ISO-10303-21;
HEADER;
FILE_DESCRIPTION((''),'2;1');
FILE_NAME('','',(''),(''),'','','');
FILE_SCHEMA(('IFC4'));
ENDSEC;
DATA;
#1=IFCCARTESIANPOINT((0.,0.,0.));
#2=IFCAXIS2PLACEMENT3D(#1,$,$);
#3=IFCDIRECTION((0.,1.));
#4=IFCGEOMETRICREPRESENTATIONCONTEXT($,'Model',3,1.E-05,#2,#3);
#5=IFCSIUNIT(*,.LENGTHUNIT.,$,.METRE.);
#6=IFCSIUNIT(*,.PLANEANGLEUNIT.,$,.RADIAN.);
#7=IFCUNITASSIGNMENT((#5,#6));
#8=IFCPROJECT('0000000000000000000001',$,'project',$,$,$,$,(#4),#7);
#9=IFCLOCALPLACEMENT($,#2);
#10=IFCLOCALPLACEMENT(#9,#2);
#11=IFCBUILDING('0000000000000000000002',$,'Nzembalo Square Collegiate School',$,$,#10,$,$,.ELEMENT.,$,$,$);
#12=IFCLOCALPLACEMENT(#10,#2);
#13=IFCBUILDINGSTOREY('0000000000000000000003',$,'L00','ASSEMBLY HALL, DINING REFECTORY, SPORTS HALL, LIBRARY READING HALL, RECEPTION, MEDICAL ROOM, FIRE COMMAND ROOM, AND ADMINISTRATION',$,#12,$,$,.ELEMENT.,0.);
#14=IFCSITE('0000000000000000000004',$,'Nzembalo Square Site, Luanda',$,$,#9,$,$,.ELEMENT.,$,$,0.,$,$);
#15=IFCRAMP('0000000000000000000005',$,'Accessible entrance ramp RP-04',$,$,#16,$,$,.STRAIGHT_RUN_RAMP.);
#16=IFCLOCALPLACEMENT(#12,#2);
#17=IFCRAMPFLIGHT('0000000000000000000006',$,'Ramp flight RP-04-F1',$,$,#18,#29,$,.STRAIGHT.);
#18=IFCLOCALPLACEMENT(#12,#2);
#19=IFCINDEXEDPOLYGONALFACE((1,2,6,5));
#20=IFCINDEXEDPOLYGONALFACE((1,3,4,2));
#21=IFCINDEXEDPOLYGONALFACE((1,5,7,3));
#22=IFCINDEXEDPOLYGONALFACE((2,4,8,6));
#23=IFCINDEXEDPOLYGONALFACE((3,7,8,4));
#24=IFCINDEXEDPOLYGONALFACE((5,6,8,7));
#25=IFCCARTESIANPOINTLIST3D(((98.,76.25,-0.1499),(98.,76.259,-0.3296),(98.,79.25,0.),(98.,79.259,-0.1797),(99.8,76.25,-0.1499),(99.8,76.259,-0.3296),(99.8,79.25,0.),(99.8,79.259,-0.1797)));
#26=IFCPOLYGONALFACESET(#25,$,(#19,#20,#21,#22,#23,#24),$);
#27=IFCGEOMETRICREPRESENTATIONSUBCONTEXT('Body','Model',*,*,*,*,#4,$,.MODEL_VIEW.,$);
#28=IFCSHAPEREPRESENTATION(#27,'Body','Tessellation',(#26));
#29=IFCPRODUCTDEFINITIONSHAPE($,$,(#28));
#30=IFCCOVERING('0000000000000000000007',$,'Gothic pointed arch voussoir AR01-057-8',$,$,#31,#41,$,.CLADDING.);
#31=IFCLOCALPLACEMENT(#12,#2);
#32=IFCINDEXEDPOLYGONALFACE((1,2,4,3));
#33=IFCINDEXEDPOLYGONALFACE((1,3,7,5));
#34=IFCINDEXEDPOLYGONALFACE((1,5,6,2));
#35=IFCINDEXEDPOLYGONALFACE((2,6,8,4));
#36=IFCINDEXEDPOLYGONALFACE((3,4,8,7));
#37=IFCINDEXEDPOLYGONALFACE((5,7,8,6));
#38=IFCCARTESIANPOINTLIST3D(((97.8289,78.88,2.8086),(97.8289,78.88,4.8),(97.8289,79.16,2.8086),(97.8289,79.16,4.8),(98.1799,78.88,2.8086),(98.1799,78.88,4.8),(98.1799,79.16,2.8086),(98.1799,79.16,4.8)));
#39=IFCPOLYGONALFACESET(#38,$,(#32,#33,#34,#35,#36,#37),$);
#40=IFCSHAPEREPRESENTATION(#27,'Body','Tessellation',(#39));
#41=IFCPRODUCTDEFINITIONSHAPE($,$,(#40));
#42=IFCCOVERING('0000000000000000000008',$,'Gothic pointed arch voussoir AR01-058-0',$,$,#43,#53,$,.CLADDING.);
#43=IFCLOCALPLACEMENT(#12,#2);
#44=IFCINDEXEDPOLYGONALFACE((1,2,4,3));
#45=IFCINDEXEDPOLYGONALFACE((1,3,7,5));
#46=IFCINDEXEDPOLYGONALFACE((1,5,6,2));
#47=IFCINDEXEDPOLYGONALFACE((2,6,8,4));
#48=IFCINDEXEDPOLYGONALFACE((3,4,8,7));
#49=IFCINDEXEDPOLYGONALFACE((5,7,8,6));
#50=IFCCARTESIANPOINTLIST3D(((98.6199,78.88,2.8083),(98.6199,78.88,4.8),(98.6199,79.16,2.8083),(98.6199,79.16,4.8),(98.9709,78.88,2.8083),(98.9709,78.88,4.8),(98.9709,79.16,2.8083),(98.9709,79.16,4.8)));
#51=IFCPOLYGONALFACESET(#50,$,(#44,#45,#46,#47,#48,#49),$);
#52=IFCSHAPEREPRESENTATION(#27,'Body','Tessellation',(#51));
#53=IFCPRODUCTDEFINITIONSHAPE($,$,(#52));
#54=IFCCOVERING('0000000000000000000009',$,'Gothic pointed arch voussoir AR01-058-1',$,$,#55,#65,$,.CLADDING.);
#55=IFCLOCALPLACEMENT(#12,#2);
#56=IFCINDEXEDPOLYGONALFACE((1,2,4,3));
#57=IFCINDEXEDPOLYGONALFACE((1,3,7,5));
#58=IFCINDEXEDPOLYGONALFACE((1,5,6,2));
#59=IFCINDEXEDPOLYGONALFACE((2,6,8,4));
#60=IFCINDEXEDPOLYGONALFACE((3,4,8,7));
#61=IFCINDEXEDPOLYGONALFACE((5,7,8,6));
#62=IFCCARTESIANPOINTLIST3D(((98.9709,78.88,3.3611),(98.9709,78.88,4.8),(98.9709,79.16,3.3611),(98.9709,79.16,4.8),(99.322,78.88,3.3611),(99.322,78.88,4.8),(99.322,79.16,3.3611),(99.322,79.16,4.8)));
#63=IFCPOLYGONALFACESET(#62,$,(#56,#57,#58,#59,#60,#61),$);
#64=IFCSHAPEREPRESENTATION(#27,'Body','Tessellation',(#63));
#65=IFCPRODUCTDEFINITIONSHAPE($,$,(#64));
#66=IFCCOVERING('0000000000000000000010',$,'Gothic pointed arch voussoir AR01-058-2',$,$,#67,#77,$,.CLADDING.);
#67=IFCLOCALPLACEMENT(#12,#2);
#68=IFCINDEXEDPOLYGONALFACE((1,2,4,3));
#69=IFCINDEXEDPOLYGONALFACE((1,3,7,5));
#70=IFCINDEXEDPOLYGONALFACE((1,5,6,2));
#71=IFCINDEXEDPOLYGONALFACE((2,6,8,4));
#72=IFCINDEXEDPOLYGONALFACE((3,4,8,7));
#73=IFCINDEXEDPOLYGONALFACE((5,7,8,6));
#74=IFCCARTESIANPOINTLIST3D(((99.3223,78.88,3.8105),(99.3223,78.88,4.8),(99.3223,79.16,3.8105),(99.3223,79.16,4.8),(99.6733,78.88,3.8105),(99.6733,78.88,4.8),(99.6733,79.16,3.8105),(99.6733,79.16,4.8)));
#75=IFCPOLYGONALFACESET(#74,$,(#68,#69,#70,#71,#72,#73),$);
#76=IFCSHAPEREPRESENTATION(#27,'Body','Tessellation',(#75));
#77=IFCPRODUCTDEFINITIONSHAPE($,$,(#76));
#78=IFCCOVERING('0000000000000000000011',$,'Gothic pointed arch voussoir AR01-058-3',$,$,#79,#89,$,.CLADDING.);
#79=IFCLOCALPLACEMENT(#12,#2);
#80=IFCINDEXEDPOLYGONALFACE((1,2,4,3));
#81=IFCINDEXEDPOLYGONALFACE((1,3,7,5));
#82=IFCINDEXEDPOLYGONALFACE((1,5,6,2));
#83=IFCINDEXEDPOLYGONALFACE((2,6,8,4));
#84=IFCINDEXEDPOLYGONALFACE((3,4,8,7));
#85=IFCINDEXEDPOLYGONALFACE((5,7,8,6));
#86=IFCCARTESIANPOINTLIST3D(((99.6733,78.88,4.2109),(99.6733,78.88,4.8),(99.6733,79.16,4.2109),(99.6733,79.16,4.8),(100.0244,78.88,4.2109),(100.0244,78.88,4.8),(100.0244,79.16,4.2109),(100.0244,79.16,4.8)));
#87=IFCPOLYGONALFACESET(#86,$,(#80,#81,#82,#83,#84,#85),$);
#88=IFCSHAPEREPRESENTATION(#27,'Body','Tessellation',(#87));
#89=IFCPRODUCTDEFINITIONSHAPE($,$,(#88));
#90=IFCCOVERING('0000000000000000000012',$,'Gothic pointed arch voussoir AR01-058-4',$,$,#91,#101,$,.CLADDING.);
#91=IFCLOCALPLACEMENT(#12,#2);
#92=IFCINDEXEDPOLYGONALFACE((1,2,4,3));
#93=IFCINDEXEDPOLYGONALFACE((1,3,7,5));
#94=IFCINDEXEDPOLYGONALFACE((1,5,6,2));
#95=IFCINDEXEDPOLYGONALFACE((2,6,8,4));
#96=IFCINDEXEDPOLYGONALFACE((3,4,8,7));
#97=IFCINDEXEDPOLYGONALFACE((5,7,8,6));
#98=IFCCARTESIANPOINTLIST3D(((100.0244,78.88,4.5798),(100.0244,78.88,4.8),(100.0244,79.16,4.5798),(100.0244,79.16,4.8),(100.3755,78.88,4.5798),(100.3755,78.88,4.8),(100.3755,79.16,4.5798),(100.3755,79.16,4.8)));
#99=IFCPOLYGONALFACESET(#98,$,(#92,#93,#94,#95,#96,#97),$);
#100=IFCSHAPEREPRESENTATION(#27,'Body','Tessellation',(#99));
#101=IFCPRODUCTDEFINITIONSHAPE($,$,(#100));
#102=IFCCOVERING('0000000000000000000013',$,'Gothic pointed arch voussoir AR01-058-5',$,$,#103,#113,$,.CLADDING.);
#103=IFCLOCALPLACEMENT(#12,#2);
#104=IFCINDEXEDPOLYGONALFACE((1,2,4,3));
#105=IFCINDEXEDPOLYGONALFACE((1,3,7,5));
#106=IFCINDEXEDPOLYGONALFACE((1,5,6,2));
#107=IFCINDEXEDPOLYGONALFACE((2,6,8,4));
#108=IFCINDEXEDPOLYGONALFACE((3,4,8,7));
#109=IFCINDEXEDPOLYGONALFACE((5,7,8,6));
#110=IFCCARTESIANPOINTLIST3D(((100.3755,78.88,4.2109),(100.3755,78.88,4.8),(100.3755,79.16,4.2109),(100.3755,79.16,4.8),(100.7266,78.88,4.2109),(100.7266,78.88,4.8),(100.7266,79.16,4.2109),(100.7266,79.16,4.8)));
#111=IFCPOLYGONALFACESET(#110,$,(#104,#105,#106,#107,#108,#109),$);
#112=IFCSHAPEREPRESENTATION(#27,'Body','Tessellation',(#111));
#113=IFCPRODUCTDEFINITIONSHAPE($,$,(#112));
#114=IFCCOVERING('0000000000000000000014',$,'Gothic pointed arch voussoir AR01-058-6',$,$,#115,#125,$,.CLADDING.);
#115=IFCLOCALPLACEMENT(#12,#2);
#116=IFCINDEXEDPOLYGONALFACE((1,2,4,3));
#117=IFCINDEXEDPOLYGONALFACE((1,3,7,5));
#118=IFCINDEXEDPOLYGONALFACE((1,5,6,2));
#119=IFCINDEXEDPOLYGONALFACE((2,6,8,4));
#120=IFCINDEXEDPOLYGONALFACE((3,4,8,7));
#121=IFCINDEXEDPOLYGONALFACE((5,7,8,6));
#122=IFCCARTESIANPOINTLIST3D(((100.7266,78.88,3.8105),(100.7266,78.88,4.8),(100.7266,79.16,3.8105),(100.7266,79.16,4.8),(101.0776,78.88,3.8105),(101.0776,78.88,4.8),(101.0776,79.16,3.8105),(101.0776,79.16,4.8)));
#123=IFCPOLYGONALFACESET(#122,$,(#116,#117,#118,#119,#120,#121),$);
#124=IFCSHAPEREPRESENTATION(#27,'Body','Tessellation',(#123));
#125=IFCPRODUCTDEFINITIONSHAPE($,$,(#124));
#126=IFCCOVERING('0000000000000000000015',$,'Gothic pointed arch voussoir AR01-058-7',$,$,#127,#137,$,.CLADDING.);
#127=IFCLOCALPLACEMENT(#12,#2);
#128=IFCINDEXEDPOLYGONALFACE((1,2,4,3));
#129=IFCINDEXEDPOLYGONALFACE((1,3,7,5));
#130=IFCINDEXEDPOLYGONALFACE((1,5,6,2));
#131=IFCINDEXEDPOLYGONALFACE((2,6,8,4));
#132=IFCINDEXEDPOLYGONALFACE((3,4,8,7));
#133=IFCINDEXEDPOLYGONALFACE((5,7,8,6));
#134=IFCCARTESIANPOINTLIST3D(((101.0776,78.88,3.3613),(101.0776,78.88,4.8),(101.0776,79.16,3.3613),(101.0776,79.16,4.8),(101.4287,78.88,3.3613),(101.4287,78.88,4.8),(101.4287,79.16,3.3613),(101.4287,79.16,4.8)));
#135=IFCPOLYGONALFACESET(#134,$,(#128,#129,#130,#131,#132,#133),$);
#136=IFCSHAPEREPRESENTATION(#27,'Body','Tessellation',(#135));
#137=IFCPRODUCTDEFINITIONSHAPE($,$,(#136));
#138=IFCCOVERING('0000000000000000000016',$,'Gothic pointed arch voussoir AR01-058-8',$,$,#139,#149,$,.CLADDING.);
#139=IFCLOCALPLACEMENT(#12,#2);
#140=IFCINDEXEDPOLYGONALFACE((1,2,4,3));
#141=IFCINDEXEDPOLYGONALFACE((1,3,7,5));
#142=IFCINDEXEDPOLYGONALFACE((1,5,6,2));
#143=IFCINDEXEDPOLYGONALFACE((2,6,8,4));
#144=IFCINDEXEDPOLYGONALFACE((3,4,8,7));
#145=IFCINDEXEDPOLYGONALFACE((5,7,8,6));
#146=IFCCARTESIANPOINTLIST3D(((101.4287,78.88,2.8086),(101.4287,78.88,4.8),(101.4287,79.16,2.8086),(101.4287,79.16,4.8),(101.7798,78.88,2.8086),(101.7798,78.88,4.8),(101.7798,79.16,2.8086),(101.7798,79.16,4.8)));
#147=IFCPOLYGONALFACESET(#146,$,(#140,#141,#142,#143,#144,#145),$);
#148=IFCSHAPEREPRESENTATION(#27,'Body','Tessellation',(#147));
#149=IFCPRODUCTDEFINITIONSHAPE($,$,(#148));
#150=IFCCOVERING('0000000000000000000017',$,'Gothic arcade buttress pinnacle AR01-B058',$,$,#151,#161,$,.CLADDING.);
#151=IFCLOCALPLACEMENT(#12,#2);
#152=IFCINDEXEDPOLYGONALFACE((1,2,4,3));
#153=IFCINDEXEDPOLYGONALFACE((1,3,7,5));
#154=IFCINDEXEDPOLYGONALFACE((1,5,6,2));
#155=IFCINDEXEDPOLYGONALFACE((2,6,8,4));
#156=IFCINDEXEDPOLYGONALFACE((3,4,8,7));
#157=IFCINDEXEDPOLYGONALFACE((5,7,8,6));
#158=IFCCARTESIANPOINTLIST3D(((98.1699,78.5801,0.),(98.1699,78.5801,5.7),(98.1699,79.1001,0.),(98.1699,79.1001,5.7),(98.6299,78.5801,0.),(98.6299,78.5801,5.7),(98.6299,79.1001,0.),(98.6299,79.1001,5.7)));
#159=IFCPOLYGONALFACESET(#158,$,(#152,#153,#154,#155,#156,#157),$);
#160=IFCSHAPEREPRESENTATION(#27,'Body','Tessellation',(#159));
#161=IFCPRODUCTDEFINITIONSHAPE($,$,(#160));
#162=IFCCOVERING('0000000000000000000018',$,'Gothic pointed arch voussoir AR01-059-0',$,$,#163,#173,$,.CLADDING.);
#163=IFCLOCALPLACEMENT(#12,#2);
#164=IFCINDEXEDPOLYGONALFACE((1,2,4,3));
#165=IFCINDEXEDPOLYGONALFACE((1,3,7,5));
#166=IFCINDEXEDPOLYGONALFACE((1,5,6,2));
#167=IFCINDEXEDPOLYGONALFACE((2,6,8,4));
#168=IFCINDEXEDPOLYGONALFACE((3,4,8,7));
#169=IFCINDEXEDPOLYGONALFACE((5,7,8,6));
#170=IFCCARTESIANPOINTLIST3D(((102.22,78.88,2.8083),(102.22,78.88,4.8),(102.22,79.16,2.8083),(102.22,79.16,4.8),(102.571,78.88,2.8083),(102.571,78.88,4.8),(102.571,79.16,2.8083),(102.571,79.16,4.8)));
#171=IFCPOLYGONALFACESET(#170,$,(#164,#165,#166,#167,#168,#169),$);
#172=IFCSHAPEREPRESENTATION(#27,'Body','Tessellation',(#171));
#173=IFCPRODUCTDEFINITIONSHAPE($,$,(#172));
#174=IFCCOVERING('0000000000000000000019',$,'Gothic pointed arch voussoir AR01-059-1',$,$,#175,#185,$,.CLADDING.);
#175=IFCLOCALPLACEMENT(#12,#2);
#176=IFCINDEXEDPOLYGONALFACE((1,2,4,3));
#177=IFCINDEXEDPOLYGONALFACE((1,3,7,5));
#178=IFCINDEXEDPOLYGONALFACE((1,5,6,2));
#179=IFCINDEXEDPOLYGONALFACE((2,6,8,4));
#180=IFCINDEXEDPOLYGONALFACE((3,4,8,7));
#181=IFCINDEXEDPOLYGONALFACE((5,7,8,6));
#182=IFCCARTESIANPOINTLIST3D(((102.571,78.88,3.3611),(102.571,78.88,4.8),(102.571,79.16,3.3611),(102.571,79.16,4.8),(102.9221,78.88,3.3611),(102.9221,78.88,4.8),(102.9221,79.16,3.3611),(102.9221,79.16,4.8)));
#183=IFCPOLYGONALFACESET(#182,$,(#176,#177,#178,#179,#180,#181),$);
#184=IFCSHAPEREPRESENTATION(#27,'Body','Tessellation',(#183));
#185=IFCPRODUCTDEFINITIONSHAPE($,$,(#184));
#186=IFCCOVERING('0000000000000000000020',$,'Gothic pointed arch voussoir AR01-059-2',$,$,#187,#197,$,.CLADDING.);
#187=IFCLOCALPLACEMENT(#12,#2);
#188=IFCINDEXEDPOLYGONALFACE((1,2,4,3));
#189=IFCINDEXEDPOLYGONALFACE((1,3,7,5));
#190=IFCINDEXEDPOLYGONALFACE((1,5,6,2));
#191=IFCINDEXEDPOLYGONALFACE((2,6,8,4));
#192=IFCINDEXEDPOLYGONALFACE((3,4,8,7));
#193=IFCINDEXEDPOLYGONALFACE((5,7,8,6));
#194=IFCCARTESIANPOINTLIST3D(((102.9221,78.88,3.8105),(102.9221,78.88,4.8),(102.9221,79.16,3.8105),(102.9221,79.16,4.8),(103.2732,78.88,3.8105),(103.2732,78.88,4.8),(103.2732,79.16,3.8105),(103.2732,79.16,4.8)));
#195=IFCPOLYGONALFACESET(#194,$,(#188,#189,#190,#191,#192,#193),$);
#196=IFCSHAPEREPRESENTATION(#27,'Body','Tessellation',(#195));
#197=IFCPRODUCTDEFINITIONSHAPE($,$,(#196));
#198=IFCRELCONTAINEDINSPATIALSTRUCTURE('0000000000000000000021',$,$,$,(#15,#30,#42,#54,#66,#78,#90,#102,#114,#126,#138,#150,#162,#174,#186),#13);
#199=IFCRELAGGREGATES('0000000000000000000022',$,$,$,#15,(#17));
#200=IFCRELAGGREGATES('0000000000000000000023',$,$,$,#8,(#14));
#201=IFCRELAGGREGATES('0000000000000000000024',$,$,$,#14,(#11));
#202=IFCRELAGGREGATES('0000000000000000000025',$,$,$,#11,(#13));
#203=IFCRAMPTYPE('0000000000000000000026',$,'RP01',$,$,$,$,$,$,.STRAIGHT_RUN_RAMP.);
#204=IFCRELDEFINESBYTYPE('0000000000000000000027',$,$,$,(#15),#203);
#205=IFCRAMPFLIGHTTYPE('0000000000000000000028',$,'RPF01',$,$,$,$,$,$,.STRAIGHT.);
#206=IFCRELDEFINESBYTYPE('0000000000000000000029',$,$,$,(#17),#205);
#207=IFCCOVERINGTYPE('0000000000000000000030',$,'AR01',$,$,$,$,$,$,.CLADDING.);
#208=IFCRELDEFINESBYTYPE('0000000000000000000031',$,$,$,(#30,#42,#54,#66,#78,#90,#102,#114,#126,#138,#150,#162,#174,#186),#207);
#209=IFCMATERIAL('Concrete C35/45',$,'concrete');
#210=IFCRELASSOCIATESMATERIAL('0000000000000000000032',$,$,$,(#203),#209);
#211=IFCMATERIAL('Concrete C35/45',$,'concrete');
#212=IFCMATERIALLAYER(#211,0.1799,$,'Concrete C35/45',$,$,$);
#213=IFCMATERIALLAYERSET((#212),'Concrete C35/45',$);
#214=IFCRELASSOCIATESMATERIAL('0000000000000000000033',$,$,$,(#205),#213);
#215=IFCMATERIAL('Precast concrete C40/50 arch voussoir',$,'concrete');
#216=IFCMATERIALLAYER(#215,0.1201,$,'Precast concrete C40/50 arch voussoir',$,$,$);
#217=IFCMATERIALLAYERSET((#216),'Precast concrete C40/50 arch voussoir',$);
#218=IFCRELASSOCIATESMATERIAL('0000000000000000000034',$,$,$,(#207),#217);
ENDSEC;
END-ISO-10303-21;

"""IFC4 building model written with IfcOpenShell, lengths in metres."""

from ifc_helpers import new_model, si_unit, direction, frame, origin, origin_2d, place, context, subcontext, project, spatial, polyline, rectangle, outline, extrude, material, layer, layer_set, type_object, element, aggregate, save


model = new_model("IFC4")

# Units and contexts
model_context = context("Model", 3, precision=1e-05, world=origin(), true_north=direction((0.0, 1.0)))
body_context = subcontext(model_context, "Body", "Model", "MODEL_VIEW")
ifc_project = project(units=[si_unit("LENGTHUNIT", "METRE"), si_unit("PLANEANGLEUNIT", "RADIAN")], contexts=[model_context])

# Site, building, storey
site_placement = place(None, origin())
site = spatial("IfcSite", under=ifc_project, at=site_placement, Name="Nzembalo Square Site, Luanda", CompositionType="ELEMENT", RefElevation=0.0)
building_placement = place(site_placement, origin())
building = spatial("IfcBuilding", under=site, at=building_placement, Name="Nzembalo Square Collegiate School", CompositionType="ELEMENT")
storey_placement = place(building_placement, origin())
storey = spatial("IfcBuildingStorey", under=building, at=storey_placement, Name="L00", Description="ASSEMBLY HALL, DINING REFECTORY, SPORTS HALL, LIBRARY READING HALL, RECEPTION, MEDICAL ROOM, FIRE COMMAND ROOM, AND ADMINISTRATION", CompositionType="ELEMENT", Elevation=0.0)

# Ramp, ramp flight
ifc_material_1 = material(Name="Concrete C35/45", Category="concrete")
ramp_type = type_object("IfcRampType", Name="RP01", PredefinedType="STRAIGHT_RUN_RAMP", material=ifc_material_1)
ramp_placement = place(storey_placement, origin())
ramp = element("IfcRamp", 1, at=ramp_placement, inside=storey, type_object=ramp_type, Name="Accessible entrance ramp RP-04", PredefinedType="STRAIGHT_RUN_RAMP")
ifc_material_2 = material(Name="Concrete C35/45", Category="concrete")
ifc_layer_1 = layer(ifc_material_2, 0.1799, Name="Concrete C35/45")
ifc_layer_set_1 = layer_set([ifc_layer_1], Name="Concrete C35/45")
ramp_flight_type = type_object("IfcRampFlightType", Name="RPF01", PredefinedType="STRAIGHT", material=ifc_layer_set_1)
ramp_flight_placement = place(storey_placement, frame((98.0, 76.25, -0.1499), z_axis=(0.0, -0.049905, 0.998754), x_axis=(1.0, 0.0, 0.0)))
ramp_flight = element("IfcRampFlight", 2, at=ramp_flight_placement, type_object=ramp_flight_type, Name="Ramp flight RP-04-F1", PredefinedType="STRAIGHT", context=body_context, shape_type="SweptSolid", body=[
    extrude(outline(polyline([(0.0, 0.0), (1.8, 0.0), (1.8, 3.0037), (0.0, 3.0037), (0.0, 0.0)])), origin(), (0.0, 0.0, -1.0), 0.1799),
])
aggregate(ramp, [ramp_flight])

# Coverings
ifc_material_3 = material(Name="Precast concrete C40/50 arch voussoir", Category="concrete")
ifc_layer_2 = layer(ifc_material_3, 0.1201, Name="Precast concrete C40/50 arch voussoir")
ifc_layer_set_2 = layer_set([ifc_layer_2], Name="Precast concrete C40/50 arch voussoir")
covering_type = type_object("IfcCoveringType", Name="AR01", PredefinedType="CLADDING", material=ifc_layer_set_2)
covering_1_placement = place(storey_placement, frame((98.0044, 79.02, 2.8086), z_axis=(0.0, 0.0, 1.0), x_axis=(1.0, 0.0, 0.0)))
element("IfcCovering", 3, at=covering_1_placement, inside=storey, type_object=covering_type, Name="Gothic pointed arch voussoir AR01-057-8", PredefinedType="CLADDING", context=body_context, shape_type="SweptSolid", body=[
    extrude(rectangle(XDim=0.3511, YDim=0.28, at=origin_2d()), origin(), (0.0, 0.0, 1.0), 1.9915),
])
covering_2_placement = place(storey_placement, frame((98.7954, 79.02, 2.8083), z_axis=(0.0, 0.0, 1.0), x_axis=(1.0, 0.0, 0.0)))
element("IfcCovering", 4, at=covering_2_placement, inside=storey, type_object=covering_type, Name="Gothic pointed arch voussoir AR01-058-0", PredefinedType="CLADDING", context=body_context, shape_type="SweptSolid", body=[
    extrude(rectangle(XDim=0.3511, YDim=0.28, at=origin_2d()), origin(), (0.0, 0.0, 1.0), 1.9917),
])
covering_3_placement = place(storey_placement, frame((99.1465, 79.02, 3.3611), z_axis=(0.0, 0.0, 1.0), x_axis=(1.0, 0.0, 0.0)))
element("IfcCovering", 5, at=covering_3_placement, inside=storey, type_object=covering_type, Name="Gothic pointed arch voussoir AR01-058-1", PredefinedType="CLADDING", context=body_context, shape_type="SweptSolid", body=[
    extrude(rectangle(XDim=0.3511, YDim=0.28, at=origin_2d()), origin(), (0.0, 0.0, 1.0), 1.439),
])
covering_4_placement = place(storey_placement, frame((99.4978, 79.02, 3.8105), z_axis=(0.0, 0.0, 1.0), x_axis=(1.0, 0.0, 0.0)))
element("IfcCovering", 6, at=covering_4_placement, inside=storey, type_object=covering_type, Name="Gothic pointed arch voussoir AR01-058-2", PredefinedType="CLADDING", context=body_context, shape_type="SweptSolid", body=[
    extrude(rectangle(XDim=0.3511, YDim=0.28, at=origin_2d()), origin(), (0.0, 0.0, 1.0), 0.9895),
])
covering_5_placement = place(storey_placement, frame((99.8489, 79.02, 4.2109), z_axis=(0.0, 0.0, 1.0), x_axis=(1.0, 0.0, 0.0)))
element("IfcCovering", 7, at=covering_5_placement, inside=storey, type_object=covering_type, Name="Gothic pointed arch voussoir AR01-058-3", PredefinedType="CLADDING", context=body_context, shape_type="SweptSolid", body=[
    extrude(rectangle(XDim=0.3511, YDim=0.28, at=origin_2d()), origin(), (0.0, 0.0, 1.0), 0.5891),
])
covering_6_placement = place(storey_placement, frame((100.2, 79.02, 4.5798), z_axis=(0.0, 0.0, 1.0), x_axis=(1.0, 0.0, 0.0)))
element("IfcCovering", 8, at=covering_6_placement, inside=storey, type_object=covering_type, Name="Gothic pointed arch voussoir AR01-058-4", PredefinedType="CLADDING", context=body_context, shape_type="SweptSolid", body=[
    extrude(rectangle(XDim=0.3511, YDim=0.28, at=origin_2d()), origin(), (0.0, 0.0, 1.0), 0.2202),
])
covering_7_placement = place(storey_placement, frame((100.551, 79.02, 4.2109), z_axis=(0.0, 0.0, 1.0), x_axis=(1.0, 0.0, 0.0)))
element("IfcCovering", 9, at=covering_7_placement, inside=storey, type_object=covering_type, Name="Gothic pointed arch voussoir AR01-058-5", PredefinedType="CLADDING", context=body_context, shape_type="SweptSolid", body=[
    extrude(rectangle(XDim=0.3511, YDim=0.28, at=origin_2d()), origin(), (0.0, 0.0, 1.0), 0.5891),
])
covering_8_placement = place(storey_placement, frame((100.9021, 79.02, 3.8105), z_axis=(0.0, 0.0, 1.0), x_axis=(1.0, 0.0, 0.0)))
element("IfcCovering", 10, at=covering_8_placement, inside=storey, type_object=covering_type, Name="Gothic pointed arch voussoir AR01-058-6", PredefinedType="CLADDING", context=body_context, shape_type="SweptSolid", body=[
    extrude(rectangle(XDim=0.3511, YDim=0.28, at=origin_2d()), origin(), (0.0, 0.0, 1.0), 0.9895),
])
covering_9_placement = place(storey_placement, frame((101.2532, 79.02, 3.3613), z_axis=(0.0, 0.0, 1.0), x_axis=(1.0, 0.0, 0.0)))
element("IfcCovering", 11, at=covering_9_placement, inside=storey, type_object=covering_type, Name="Gothic pointed arch voussoir AR01-058-7", PredefinedType="CLADDING", context=body_context, shape_type="SweptSolid", body=[
    extrude(rectangle(XDim=0.3511, YDim=0.28, at=origin_2d()), origin(), (0.0, 0.0, 1.0), 1.4387),
])
covering_10_placement = place(storey_placement, frame((101.6042, 79.02, 2.8086), z_axis=(0.0, 0.0, 1.0), x_axis=(1.0, 0.0, 0.0)))
element("IfcCovering", 12, at=covering_10_placement, inside=storey, type_object=covering_type, Name="Gothic pointed arch voussoir AR01-058-8", PredefinedType="CLADDING", context=body_context, shape_type="SweptSolid", body=[
    extrude(rectangle(XDim=0.3511, YDim=0.28, at=origin_2d()), origin(), (0.0, 0.0, 1.0), 1.9915),
])
covering_11_placement = place(storey_placement, frame((98.3999, 78.8401, 0.0), z_axis=(0.0, 0.0, 1.0), x_axis=(1.0, 0.0, 0.0)))
element("IfcCovering", 13, at=covering_11_placement, inside=storey, type_object=covering_type, Name="Gothic arcade buttress pinnacle AR01-B058", PredefinedType="CLADDING", context=body_context, shape_type="SweptSolid", body=[
    extrude(rectangle(XDim=0.46, YDim=0.52, at=origin_2d()), origin(), (0.0, 0.0, 1.0), 5.7),
])
covering_12_placement = place(storey_placement, frame((102.3955, 79.02, 2.8083), z_axis=(0.0, 0.0, 1.0), x_axis=(1.0, 0.0, 0.0)))
element("IfcCovering", 14, at=covering_12_placement, inside=storey, type_object=covering_type, Name="Gothic pointed arch voussoir AR01-059-0", PredefinedType="CLADDING", context=body_context, shape_type="SweptSolid", body=[
    extrude(rectangle(XDim=0.3511, YDim=0.28, at=origin_2d()), origin(), (0.0, 0.0, 1.0), 1.9917),
])
covering_13_placement = place(storey_placement, frame((102.7466, 79.02, 3.3611), z_axis=(0.0, 0.0, 1.0), x_axis=(1.0, 0.0, 0.0)))
element("IfcCovering", 15, at=covering_13_placement, inside=storey, type_object=covering_type, Name="Gothic pointed arch voussoir AR01-059-1", PredefinedType="CLADDING", context=body_context, shape_type="SweptSolid", body=[
    extrude(rectangle(XDim=0.3511, YDim=0.28, at=origin_2d()), origin(), (0.0, 0.0, 1.0), 1.439),
])
covering_14_placement = place(storey_placement, frame((103.0977, 79.02, 3.8105), z_axis=(0.0, 0.0, 1.0), x_axis=(1.0, 0.0, 0.0)))
element("IfcCovering", 16, at=covering_14_placement, inside=storey, type_object=covering_type, Name="Gothic pointed arch voussoir AR01-059-2", PredefinedType="CLADDING", context=body_context, shape_type="SweptSolid", body=[
    extrude(rectangle(XDim=0.3511, YDim=0.28, at=origin_2d()), origin(), (0.0, 0.0, 1.0), 0.9895),
])

save(model, "model.ifc")
